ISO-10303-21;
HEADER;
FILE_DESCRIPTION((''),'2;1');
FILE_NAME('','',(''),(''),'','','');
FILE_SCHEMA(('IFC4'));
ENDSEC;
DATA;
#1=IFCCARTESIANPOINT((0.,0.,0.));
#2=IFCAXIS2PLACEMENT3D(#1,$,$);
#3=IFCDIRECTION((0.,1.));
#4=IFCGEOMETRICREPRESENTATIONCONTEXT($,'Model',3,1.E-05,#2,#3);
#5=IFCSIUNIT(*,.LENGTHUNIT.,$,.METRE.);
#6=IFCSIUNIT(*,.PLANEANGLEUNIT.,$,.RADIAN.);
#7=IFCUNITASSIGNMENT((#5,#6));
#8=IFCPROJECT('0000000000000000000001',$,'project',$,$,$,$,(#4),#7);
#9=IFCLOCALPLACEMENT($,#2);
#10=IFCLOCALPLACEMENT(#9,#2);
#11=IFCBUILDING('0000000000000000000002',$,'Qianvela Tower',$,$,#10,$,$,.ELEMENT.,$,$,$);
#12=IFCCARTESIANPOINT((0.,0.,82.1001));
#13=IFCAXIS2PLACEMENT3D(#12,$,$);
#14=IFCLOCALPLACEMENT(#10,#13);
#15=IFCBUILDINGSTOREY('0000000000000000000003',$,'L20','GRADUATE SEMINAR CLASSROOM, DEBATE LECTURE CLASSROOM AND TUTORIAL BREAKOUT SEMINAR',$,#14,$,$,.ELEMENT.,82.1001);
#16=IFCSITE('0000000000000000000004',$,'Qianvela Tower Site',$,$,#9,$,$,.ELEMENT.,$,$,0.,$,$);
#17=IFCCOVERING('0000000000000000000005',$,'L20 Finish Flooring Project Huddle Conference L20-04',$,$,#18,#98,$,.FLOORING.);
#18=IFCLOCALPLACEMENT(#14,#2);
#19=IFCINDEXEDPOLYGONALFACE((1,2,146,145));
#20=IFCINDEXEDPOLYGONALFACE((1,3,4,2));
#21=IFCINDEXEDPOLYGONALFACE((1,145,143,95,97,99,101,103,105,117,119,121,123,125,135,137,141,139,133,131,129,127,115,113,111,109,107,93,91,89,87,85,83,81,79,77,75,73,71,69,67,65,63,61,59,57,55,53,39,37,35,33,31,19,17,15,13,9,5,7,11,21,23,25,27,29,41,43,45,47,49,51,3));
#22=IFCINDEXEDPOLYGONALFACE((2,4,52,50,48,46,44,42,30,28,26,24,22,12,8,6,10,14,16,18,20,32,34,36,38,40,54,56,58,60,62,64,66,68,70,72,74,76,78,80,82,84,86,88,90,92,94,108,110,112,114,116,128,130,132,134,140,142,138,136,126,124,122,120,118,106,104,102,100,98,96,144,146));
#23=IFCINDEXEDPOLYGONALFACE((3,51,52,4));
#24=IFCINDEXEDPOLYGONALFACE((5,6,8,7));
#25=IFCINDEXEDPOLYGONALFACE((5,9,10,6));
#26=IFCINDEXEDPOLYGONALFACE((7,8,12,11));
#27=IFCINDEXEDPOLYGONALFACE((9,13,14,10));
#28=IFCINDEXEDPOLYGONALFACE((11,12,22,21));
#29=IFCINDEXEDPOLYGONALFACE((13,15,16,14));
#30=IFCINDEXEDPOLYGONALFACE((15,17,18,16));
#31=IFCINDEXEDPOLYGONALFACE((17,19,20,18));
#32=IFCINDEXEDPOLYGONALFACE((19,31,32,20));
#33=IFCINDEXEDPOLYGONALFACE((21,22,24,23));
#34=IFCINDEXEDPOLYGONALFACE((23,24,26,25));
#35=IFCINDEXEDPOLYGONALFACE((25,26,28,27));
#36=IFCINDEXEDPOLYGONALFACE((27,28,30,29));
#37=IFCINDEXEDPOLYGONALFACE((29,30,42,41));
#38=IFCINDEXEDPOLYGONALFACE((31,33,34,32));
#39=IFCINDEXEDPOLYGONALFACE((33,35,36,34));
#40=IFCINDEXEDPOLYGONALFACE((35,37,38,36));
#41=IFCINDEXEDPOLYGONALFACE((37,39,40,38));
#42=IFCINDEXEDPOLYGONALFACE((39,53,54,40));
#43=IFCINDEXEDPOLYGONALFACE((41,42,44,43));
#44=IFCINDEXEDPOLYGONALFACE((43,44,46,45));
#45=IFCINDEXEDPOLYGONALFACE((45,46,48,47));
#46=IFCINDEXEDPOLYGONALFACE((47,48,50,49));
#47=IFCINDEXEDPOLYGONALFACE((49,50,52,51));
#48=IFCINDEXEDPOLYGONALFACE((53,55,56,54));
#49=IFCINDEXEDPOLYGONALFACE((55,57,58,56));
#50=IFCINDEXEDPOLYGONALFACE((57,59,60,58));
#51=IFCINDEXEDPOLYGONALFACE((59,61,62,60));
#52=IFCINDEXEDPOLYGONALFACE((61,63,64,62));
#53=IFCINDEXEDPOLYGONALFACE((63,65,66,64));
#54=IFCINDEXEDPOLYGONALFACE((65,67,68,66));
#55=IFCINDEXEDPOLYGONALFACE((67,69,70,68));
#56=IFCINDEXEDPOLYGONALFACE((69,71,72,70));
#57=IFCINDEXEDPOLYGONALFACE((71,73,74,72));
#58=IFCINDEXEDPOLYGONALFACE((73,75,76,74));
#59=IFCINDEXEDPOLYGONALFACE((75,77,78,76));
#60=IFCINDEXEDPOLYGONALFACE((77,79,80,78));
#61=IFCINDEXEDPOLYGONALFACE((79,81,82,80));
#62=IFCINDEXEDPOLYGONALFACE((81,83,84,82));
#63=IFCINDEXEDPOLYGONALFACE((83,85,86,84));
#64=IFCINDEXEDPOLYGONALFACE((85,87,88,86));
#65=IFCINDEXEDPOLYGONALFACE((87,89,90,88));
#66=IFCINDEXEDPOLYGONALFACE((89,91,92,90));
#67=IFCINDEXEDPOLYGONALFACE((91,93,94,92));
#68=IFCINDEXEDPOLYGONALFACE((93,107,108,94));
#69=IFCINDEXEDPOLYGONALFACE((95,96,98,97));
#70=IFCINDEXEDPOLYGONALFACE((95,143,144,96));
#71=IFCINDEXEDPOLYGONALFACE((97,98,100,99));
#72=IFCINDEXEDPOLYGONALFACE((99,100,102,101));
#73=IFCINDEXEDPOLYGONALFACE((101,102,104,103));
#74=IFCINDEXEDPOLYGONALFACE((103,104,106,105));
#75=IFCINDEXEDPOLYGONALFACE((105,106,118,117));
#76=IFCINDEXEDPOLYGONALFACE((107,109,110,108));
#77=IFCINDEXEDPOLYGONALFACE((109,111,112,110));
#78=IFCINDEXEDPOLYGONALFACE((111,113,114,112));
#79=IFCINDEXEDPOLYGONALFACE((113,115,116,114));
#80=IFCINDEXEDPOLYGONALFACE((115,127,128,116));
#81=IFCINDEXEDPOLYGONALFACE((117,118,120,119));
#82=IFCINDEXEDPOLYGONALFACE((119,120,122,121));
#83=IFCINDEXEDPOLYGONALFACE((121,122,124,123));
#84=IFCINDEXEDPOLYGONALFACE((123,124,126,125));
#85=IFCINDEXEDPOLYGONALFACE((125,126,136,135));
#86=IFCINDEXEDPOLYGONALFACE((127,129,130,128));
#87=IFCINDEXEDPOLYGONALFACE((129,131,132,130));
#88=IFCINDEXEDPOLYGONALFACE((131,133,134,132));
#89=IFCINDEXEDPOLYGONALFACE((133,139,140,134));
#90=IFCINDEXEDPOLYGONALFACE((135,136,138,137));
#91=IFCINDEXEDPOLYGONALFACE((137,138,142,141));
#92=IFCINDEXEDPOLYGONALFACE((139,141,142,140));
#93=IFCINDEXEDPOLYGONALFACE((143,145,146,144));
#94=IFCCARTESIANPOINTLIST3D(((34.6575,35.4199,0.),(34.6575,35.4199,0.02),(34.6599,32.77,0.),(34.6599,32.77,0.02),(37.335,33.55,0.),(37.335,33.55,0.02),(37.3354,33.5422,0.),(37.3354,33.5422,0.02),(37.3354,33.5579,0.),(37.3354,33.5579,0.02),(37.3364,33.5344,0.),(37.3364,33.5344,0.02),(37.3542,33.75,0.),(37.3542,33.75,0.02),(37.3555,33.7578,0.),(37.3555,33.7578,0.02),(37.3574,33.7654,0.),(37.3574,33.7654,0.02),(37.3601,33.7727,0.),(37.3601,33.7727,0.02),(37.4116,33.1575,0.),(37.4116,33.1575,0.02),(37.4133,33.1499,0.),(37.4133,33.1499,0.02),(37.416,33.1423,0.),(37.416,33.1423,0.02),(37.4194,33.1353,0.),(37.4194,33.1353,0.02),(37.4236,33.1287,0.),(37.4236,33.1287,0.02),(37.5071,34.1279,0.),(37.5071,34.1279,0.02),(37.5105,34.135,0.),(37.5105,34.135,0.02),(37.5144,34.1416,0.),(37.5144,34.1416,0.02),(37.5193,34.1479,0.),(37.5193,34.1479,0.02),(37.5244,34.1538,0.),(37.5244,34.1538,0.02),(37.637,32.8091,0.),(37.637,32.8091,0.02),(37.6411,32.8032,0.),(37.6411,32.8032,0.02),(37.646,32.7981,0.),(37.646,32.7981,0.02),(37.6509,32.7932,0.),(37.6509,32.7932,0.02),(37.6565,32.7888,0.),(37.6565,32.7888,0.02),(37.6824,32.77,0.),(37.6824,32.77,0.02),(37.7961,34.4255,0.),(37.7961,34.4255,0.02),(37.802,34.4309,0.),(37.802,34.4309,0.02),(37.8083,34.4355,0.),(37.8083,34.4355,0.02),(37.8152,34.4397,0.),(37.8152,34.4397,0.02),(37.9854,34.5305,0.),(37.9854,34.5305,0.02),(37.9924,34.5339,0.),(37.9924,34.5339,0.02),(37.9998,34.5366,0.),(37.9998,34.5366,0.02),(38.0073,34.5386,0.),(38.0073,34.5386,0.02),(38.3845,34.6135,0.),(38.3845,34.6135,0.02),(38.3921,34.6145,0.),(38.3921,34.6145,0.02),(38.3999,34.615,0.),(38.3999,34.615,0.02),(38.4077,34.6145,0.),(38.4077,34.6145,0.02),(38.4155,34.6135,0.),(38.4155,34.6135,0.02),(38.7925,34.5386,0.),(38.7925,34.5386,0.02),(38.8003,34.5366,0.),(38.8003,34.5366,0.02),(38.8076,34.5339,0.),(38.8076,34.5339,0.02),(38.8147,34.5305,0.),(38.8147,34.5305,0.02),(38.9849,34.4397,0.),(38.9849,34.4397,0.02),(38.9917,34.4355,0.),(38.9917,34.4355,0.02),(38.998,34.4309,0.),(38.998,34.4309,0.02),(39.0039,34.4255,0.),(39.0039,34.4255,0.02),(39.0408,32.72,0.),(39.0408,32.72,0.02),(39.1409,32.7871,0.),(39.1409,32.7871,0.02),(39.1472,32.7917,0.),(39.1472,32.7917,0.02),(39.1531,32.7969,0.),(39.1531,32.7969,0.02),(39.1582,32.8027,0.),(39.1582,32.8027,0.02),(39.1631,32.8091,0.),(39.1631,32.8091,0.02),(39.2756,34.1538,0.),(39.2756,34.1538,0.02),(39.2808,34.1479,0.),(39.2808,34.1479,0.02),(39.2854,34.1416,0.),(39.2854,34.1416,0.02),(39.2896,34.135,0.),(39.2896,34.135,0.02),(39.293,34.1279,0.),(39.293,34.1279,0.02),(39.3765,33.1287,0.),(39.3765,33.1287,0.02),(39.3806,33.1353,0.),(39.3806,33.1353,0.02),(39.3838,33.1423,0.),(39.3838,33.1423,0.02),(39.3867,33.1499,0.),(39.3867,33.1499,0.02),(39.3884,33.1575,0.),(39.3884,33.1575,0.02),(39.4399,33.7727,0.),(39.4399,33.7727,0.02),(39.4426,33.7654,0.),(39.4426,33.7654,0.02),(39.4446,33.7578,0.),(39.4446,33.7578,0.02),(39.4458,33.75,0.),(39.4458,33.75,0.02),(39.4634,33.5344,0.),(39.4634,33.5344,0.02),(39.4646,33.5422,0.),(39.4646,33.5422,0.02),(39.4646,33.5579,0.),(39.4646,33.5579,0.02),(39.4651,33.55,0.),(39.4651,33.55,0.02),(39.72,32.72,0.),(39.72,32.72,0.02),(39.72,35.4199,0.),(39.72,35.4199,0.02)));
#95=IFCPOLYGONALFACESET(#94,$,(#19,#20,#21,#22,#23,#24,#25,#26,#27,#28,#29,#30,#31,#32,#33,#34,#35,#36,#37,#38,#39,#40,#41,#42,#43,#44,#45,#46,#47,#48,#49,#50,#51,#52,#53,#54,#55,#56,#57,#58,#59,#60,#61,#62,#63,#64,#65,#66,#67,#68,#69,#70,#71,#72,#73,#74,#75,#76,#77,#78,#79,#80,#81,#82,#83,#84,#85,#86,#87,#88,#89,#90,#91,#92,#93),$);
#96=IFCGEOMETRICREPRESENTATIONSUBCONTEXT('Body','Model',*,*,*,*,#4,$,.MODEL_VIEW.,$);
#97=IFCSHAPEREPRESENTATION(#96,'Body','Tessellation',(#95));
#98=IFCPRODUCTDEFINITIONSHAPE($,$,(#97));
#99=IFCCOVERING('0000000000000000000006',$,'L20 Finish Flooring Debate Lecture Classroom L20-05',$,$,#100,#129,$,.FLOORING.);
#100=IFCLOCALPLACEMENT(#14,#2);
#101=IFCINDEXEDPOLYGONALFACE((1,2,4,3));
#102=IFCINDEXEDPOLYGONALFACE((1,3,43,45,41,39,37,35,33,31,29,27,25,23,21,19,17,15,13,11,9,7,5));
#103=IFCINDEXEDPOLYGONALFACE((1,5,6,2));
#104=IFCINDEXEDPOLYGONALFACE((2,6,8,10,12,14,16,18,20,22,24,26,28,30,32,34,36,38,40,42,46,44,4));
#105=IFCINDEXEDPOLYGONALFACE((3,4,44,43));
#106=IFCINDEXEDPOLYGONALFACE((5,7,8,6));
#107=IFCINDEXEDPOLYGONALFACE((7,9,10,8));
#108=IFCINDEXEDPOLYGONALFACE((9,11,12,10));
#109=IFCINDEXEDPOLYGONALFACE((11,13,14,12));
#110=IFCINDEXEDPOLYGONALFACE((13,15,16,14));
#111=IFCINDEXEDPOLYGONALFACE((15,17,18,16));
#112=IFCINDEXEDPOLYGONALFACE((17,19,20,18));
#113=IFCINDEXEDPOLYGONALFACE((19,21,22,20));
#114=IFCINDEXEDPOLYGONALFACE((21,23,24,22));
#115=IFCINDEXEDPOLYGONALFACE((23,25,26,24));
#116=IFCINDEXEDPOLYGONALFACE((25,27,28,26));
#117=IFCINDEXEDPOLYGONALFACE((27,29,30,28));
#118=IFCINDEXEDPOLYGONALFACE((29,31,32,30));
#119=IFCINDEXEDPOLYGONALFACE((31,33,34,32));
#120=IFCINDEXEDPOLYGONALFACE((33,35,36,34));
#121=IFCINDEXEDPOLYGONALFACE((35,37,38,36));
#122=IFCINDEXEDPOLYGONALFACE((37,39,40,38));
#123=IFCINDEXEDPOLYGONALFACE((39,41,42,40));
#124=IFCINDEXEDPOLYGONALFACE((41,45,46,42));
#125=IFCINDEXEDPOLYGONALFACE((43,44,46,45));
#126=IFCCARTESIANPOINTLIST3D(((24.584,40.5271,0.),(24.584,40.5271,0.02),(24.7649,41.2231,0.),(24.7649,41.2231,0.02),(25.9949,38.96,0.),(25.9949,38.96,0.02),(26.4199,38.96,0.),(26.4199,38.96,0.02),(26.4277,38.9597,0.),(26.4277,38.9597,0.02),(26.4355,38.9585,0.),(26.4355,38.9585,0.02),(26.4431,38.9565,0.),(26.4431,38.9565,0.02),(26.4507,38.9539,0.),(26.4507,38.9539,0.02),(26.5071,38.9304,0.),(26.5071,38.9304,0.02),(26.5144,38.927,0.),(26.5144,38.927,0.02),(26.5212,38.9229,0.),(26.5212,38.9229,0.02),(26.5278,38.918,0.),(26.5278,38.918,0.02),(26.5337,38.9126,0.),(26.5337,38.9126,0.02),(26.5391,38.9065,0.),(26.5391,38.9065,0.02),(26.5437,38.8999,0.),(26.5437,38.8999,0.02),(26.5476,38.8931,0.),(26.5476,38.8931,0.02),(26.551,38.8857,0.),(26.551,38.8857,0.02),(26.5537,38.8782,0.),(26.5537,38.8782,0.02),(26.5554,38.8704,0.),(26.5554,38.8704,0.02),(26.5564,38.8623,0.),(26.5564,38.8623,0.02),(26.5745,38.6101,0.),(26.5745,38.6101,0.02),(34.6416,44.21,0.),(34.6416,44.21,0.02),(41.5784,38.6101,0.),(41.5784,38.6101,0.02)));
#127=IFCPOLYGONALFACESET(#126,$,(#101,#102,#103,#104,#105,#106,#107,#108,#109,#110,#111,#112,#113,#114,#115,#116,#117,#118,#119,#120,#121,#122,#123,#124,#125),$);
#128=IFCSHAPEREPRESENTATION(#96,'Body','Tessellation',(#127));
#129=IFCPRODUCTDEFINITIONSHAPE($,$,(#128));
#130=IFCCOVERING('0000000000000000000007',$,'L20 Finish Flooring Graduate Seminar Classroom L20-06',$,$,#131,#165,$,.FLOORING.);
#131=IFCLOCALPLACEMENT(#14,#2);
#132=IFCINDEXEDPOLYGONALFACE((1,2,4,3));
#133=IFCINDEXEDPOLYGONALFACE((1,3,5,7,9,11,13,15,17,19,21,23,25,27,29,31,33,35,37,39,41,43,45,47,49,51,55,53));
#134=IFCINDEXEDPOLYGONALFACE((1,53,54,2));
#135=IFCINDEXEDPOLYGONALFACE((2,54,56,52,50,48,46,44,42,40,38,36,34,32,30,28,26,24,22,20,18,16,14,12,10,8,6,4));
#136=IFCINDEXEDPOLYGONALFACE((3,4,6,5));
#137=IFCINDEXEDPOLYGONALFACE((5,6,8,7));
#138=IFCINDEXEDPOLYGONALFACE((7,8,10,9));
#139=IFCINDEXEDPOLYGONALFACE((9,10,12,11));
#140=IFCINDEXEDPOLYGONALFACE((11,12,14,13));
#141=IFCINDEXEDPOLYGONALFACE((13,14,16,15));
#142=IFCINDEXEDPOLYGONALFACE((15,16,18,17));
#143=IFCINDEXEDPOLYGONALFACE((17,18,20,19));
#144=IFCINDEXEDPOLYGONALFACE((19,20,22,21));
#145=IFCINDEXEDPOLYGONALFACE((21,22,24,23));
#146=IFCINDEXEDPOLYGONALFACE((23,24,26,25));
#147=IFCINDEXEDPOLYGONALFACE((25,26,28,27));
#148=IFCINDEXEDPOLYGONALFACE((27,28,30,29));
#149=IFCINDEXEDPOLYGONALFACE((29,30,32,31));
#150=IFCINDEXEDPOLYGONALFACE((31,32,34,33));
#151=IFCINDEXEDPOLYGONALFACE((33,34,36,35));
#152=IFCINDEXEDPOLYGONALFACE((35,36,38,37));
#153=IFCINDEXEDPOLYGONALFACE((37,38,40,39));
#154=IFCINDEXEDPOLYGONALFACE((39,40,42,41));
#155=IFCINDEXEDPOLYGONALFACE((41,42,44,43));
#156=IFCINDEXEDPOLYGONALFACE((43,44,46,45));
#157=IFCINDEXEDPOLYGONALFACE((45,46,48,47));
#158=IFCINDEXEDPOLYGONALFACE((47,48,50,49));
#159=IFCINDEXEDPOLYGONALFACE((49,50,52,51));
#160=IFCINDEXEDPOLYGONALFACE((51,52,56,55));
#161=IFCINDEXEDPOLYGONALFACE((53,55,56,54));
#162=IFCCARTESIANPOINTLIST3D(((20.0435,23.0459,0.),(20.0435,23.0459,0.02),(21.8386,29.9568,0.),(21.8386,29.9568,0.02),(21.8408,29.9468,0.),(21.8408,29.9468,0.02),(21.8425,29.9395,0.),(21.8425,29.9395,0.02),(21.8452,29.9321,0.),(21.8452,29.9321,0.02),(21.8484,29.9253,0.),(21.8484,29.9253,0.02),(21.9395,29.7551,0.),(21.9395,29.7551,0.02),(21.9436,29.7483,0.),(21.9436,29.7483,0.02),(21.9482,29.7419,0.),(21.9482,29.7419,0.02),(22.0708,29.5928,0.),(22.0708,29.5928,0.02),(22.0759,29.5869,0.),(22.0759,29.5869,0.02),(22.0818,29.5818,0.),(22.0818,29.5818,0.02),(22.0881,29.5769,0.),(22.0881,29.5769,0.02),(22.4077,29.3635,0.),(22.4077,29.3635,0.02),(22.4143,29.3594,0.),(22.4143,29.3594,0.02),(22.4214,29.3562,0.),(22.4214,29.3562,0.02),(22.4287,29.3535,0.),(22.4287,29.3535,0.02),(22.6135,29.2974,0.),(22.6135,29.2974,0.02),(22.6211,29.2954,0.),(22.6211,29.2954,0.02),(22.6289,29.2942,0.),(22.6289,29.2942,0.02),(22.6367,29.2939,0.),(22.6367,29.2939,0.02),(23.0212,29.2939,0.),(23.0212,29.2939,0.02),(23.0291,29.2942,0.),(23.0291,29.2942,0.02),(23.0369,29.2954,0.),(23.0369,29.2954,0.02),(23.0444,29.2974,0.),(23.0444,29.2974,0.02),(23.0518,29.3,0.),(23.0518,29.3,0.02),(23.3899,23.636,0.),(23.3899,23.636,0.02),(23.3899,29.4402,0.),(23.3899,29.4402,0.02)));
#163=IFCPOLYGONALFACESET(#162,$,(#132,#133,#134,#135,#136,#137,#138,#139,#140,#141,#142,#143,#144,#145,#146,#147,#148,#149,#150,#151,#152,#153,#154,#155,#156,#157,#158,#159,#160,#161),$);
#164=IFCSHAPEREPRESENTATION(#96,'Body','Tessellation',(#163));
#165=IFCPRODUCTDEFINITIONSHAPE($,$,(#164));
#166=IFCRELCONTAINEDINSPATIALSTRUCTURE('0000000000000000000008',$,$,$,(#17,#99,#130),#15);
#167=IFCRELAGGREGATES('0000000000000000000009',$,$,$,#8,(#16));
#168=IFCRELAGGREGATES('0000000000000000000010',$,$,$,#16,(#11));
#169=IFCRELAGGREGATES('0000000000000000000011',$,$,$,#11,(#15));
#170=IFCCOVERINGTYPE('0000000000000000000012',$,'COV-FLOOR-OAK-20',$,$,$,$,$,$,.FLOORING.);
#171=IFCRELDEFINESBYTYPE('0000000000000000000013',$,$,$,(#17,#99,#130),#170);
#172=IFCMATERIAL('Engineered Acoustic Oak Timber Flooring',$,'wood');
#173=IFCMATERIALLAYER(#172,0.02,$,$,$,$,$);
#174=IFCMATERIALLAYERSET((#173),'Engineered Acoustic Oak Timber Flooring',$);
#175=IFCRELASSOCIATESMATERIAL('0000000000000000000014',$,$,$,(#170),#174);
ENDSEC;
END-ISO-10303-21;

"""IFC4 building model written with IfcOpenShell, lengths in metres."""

from ifc_helpers import new_model, si_unit, direction, frame, origin, place, context, subcontext, project, spatial, polyline, outline, extrude, material, layer, layer_set, type_object, element, save


model = new_model("IFC4")

# Units and contexts
model_context = context("Model", 3, precision=1e-05, world=origin(), true_north=direction((0.0, 1.0)))
body_context = subcontext(model_context, "Body", "Model", "MODEL_VIEW")
ifc_project = project(units=[si_unit("LENGTHUNIT", "METRE"), si_unit("PLANEANGLEUNIT", "RADIAN")], contexts=[model_context])

# Site, building, storey
site_placement = place(None, origin())
site = spatial("IfcSite", under=ifc_project, at=site_placement, Name="Qianvela Tower Site", CompositionType="ELEMENT", RefElevation=0.0)
building_placement = place(site_placement, origin())
building = spatial("IfcBuilding", under=site, at=building_placement, Name="Qianvela Tower", CompositionType="ELEMENT")
storey_placement = place(building_placement, frame((0.0, 0.0, 82.1001)))
storey = spatial("IfcBuildingStorey", under=building, at=storey_placement, Name="L20", Description="GRADUATE SEMINAR CLASSROOM, DEBATE LECTURE CLASSROOM AND TUTORIAL BREAKOUT SEMINAR", CompositionType="ELEMENT", Elevation=82.1001)

# Coverings
ifc_material_1 = material(Name="Engineered Acoustic Oak Timber Flooring", Category="wood")
ifc_layer_1 = layer(ifc_material_1, 0.02)
ifc_layer_set_1 = layer_set([ifc_layer_1], Name="Engineered Acoustic Oak Timber Flooring")
covering_type_1 = type_object("IfcCoveringType", Name="COV-FLOOR-OAK-20", PredefinedType="FLOORING", material=ifc_layer_set_1)
covering_1_placement = place(storey_placement, origin())
element("IfcCovering", 1, at=covering_1_placement, inside=storey, type_object=covering_type_1, Name="L20 Finish Flooring Project Huddle Conference L20-04", PredefinedType="FLOORING", context=body_context, shape_type="SweptSolid", body=[
    extrude(outline(polyline([(39.72, 35.4199), (39.72, 32.72), (39.0408, 32.72), (39.1409, 32.7871), (39.1472, 32.7917), (39.1531, 32.7969), (39.1582, 32.8027), (39.1631, 32.8091), (39.3765, 33.1287), (39.3806, 33.1353), (39.3838, 33.1423), (39.3867, 33.1499), (39.3884, 33.1575), (39.4634, 33.5344), (39.4646, 33.5422), (39.4651, 33.55), (39.4646, 33.5579), (39.4458, 33.75), (39.4446, 33.7578), (39.4426, 33.7654), (39.4399, 33.7727), (39.293, 34.1279), (39.2896, 34.135), (39.2854, 34.1416), (39.2808, 34.1479), (39.2756, 34.1538), (39.0039, 34.4255), (38.998, 34.4309), (38.9917, 34.4355), (38.9849, 34.4397), (38.8147, 34.5305), (38.8076, 34.5339), (38.8003, 34.5366), (38.7925, 34.5386), (38.4155, 34.6135), (38.4077, 34.6145), (38.3999, 34.615), (38.3921, 34.6145), (38.3845, 34.6135), (38.0073, 34.5386), (37.9998, 34.5366), (37.9924, 34.5339), (37.9854, 34.5305), (37.8152, 34.4397), (37.8083, 34.4355), (37.802, 34.4309), (37.7961, 34.4255), (37.5244, 34.1538), (37.5193, 34.1479), (37.5144, 34.1416), (37.5105, 34.135), (37.5071, 34.1279), (37.3601, 33.7727), (37.3574, 33.7654), (37.3555, 33.7578), (37.3542, 33.75), (37.3354, 33.5579), (37.335, 33.55), (37.3354, 33.5422), (37.3364, 33.5344), (37.4116, 33.1575), (37.4133, 33.1499), (37.416, 33.1423), (37.4194, 33.1353), (37.4236, 33.1287), (37.637, 32.8091), (37.6411, 32.8032), (37.646, 32.7981), (37.6509, 32.7932), (37.6565, 32.7888), (37.6824, 32.77), (34.6599, 32.77), (34.6575, 35.4199), (39.72, 35.4199)])), origin(), (0.0, 0.0, 1.0), 0.02),
])
covering_2_placement = place(storey_placement, origin())
element("IfcCovering", 2, at=covering_2_placement, inside=storey, type_object=covering_type_1, Name="L20 Finish Flooring Debate Lecture Classroom L20-05", PredefinedType="FLOORING", context=body_context, shape_type="SweptSolid", body=[
    extrude(outline(polyline([(41.5784, 38.6101), (26.5745, 38.6101), (26.5564, 38.8623), (26.5554, 38.8704), (26.5537, 38.8782), (26.551, 38.8857), (26.5476, 38.8931), (26.5437, 38.8999), (26.5391, 38.9065), (26.5337, 38.9126), (26.5278, 38.918), (26.5212, 38.9229), (26.5144, 38.927), (26.5071, 38.9304), (26.4507, 38.9539), (26.4431, 38.9565), (26.4355, 38.9585), (26.4277, 38.9597), (26.4199, 38.96), (25.9949, 38.96), (24.584, 40.5271), (24.7649, 41.2231), (34.6416, 44.21), (41.5784, 38.6101)])), origin(), (0.0, 0.0, 1.0), 0.02),
])
covering_3_placement = place(storey_placement, origin())
element("IfcCovering", 3, at=covering_3_placement, inside=storey, type_object=covering_type_1, Name="L20 Finish Flooring Graduate Seminar Classroom L20-06", PredefinedType="FLOORING", context=body_context, shape_type="SweptSolid", body=[
    extrude(outline(polyline([(23.3899, 29.4402), (23.3899, 23.636), (20.0435, 23.0459), (21.8386, 29.9568), (21.8408, 29.9468), (21.8425, 29.9395), (21.8452, 29.9321), (21.8484, 29.9253), (21.9395, 29.7551), (21.9436, 29.7483), (21.9482, 29.7419), (22.0708, 29.5928), (22.0759, 29.5869), (22.0818, 29.5818), (22.0881, 29.5769), (22.4077, 29.3635), (22.4143, 29.3594), (22.4214, 29.3562), (22.4287, 29.3535), (22.6135, 29.2974), (22.6211, 29.2954), (22.6289, 29.2942), (22.6367, 29.2939), (23.0212, 29.2939), (23.0291, 29.2942), (23.0369, 29.2954), (23.0444, 29.2974), (23.0518, 29.3), (23.3899, 29.4402)])), origin(), (0.0, 0.0, 1.0), 0.02),
])

save(model, "model.ifc")
